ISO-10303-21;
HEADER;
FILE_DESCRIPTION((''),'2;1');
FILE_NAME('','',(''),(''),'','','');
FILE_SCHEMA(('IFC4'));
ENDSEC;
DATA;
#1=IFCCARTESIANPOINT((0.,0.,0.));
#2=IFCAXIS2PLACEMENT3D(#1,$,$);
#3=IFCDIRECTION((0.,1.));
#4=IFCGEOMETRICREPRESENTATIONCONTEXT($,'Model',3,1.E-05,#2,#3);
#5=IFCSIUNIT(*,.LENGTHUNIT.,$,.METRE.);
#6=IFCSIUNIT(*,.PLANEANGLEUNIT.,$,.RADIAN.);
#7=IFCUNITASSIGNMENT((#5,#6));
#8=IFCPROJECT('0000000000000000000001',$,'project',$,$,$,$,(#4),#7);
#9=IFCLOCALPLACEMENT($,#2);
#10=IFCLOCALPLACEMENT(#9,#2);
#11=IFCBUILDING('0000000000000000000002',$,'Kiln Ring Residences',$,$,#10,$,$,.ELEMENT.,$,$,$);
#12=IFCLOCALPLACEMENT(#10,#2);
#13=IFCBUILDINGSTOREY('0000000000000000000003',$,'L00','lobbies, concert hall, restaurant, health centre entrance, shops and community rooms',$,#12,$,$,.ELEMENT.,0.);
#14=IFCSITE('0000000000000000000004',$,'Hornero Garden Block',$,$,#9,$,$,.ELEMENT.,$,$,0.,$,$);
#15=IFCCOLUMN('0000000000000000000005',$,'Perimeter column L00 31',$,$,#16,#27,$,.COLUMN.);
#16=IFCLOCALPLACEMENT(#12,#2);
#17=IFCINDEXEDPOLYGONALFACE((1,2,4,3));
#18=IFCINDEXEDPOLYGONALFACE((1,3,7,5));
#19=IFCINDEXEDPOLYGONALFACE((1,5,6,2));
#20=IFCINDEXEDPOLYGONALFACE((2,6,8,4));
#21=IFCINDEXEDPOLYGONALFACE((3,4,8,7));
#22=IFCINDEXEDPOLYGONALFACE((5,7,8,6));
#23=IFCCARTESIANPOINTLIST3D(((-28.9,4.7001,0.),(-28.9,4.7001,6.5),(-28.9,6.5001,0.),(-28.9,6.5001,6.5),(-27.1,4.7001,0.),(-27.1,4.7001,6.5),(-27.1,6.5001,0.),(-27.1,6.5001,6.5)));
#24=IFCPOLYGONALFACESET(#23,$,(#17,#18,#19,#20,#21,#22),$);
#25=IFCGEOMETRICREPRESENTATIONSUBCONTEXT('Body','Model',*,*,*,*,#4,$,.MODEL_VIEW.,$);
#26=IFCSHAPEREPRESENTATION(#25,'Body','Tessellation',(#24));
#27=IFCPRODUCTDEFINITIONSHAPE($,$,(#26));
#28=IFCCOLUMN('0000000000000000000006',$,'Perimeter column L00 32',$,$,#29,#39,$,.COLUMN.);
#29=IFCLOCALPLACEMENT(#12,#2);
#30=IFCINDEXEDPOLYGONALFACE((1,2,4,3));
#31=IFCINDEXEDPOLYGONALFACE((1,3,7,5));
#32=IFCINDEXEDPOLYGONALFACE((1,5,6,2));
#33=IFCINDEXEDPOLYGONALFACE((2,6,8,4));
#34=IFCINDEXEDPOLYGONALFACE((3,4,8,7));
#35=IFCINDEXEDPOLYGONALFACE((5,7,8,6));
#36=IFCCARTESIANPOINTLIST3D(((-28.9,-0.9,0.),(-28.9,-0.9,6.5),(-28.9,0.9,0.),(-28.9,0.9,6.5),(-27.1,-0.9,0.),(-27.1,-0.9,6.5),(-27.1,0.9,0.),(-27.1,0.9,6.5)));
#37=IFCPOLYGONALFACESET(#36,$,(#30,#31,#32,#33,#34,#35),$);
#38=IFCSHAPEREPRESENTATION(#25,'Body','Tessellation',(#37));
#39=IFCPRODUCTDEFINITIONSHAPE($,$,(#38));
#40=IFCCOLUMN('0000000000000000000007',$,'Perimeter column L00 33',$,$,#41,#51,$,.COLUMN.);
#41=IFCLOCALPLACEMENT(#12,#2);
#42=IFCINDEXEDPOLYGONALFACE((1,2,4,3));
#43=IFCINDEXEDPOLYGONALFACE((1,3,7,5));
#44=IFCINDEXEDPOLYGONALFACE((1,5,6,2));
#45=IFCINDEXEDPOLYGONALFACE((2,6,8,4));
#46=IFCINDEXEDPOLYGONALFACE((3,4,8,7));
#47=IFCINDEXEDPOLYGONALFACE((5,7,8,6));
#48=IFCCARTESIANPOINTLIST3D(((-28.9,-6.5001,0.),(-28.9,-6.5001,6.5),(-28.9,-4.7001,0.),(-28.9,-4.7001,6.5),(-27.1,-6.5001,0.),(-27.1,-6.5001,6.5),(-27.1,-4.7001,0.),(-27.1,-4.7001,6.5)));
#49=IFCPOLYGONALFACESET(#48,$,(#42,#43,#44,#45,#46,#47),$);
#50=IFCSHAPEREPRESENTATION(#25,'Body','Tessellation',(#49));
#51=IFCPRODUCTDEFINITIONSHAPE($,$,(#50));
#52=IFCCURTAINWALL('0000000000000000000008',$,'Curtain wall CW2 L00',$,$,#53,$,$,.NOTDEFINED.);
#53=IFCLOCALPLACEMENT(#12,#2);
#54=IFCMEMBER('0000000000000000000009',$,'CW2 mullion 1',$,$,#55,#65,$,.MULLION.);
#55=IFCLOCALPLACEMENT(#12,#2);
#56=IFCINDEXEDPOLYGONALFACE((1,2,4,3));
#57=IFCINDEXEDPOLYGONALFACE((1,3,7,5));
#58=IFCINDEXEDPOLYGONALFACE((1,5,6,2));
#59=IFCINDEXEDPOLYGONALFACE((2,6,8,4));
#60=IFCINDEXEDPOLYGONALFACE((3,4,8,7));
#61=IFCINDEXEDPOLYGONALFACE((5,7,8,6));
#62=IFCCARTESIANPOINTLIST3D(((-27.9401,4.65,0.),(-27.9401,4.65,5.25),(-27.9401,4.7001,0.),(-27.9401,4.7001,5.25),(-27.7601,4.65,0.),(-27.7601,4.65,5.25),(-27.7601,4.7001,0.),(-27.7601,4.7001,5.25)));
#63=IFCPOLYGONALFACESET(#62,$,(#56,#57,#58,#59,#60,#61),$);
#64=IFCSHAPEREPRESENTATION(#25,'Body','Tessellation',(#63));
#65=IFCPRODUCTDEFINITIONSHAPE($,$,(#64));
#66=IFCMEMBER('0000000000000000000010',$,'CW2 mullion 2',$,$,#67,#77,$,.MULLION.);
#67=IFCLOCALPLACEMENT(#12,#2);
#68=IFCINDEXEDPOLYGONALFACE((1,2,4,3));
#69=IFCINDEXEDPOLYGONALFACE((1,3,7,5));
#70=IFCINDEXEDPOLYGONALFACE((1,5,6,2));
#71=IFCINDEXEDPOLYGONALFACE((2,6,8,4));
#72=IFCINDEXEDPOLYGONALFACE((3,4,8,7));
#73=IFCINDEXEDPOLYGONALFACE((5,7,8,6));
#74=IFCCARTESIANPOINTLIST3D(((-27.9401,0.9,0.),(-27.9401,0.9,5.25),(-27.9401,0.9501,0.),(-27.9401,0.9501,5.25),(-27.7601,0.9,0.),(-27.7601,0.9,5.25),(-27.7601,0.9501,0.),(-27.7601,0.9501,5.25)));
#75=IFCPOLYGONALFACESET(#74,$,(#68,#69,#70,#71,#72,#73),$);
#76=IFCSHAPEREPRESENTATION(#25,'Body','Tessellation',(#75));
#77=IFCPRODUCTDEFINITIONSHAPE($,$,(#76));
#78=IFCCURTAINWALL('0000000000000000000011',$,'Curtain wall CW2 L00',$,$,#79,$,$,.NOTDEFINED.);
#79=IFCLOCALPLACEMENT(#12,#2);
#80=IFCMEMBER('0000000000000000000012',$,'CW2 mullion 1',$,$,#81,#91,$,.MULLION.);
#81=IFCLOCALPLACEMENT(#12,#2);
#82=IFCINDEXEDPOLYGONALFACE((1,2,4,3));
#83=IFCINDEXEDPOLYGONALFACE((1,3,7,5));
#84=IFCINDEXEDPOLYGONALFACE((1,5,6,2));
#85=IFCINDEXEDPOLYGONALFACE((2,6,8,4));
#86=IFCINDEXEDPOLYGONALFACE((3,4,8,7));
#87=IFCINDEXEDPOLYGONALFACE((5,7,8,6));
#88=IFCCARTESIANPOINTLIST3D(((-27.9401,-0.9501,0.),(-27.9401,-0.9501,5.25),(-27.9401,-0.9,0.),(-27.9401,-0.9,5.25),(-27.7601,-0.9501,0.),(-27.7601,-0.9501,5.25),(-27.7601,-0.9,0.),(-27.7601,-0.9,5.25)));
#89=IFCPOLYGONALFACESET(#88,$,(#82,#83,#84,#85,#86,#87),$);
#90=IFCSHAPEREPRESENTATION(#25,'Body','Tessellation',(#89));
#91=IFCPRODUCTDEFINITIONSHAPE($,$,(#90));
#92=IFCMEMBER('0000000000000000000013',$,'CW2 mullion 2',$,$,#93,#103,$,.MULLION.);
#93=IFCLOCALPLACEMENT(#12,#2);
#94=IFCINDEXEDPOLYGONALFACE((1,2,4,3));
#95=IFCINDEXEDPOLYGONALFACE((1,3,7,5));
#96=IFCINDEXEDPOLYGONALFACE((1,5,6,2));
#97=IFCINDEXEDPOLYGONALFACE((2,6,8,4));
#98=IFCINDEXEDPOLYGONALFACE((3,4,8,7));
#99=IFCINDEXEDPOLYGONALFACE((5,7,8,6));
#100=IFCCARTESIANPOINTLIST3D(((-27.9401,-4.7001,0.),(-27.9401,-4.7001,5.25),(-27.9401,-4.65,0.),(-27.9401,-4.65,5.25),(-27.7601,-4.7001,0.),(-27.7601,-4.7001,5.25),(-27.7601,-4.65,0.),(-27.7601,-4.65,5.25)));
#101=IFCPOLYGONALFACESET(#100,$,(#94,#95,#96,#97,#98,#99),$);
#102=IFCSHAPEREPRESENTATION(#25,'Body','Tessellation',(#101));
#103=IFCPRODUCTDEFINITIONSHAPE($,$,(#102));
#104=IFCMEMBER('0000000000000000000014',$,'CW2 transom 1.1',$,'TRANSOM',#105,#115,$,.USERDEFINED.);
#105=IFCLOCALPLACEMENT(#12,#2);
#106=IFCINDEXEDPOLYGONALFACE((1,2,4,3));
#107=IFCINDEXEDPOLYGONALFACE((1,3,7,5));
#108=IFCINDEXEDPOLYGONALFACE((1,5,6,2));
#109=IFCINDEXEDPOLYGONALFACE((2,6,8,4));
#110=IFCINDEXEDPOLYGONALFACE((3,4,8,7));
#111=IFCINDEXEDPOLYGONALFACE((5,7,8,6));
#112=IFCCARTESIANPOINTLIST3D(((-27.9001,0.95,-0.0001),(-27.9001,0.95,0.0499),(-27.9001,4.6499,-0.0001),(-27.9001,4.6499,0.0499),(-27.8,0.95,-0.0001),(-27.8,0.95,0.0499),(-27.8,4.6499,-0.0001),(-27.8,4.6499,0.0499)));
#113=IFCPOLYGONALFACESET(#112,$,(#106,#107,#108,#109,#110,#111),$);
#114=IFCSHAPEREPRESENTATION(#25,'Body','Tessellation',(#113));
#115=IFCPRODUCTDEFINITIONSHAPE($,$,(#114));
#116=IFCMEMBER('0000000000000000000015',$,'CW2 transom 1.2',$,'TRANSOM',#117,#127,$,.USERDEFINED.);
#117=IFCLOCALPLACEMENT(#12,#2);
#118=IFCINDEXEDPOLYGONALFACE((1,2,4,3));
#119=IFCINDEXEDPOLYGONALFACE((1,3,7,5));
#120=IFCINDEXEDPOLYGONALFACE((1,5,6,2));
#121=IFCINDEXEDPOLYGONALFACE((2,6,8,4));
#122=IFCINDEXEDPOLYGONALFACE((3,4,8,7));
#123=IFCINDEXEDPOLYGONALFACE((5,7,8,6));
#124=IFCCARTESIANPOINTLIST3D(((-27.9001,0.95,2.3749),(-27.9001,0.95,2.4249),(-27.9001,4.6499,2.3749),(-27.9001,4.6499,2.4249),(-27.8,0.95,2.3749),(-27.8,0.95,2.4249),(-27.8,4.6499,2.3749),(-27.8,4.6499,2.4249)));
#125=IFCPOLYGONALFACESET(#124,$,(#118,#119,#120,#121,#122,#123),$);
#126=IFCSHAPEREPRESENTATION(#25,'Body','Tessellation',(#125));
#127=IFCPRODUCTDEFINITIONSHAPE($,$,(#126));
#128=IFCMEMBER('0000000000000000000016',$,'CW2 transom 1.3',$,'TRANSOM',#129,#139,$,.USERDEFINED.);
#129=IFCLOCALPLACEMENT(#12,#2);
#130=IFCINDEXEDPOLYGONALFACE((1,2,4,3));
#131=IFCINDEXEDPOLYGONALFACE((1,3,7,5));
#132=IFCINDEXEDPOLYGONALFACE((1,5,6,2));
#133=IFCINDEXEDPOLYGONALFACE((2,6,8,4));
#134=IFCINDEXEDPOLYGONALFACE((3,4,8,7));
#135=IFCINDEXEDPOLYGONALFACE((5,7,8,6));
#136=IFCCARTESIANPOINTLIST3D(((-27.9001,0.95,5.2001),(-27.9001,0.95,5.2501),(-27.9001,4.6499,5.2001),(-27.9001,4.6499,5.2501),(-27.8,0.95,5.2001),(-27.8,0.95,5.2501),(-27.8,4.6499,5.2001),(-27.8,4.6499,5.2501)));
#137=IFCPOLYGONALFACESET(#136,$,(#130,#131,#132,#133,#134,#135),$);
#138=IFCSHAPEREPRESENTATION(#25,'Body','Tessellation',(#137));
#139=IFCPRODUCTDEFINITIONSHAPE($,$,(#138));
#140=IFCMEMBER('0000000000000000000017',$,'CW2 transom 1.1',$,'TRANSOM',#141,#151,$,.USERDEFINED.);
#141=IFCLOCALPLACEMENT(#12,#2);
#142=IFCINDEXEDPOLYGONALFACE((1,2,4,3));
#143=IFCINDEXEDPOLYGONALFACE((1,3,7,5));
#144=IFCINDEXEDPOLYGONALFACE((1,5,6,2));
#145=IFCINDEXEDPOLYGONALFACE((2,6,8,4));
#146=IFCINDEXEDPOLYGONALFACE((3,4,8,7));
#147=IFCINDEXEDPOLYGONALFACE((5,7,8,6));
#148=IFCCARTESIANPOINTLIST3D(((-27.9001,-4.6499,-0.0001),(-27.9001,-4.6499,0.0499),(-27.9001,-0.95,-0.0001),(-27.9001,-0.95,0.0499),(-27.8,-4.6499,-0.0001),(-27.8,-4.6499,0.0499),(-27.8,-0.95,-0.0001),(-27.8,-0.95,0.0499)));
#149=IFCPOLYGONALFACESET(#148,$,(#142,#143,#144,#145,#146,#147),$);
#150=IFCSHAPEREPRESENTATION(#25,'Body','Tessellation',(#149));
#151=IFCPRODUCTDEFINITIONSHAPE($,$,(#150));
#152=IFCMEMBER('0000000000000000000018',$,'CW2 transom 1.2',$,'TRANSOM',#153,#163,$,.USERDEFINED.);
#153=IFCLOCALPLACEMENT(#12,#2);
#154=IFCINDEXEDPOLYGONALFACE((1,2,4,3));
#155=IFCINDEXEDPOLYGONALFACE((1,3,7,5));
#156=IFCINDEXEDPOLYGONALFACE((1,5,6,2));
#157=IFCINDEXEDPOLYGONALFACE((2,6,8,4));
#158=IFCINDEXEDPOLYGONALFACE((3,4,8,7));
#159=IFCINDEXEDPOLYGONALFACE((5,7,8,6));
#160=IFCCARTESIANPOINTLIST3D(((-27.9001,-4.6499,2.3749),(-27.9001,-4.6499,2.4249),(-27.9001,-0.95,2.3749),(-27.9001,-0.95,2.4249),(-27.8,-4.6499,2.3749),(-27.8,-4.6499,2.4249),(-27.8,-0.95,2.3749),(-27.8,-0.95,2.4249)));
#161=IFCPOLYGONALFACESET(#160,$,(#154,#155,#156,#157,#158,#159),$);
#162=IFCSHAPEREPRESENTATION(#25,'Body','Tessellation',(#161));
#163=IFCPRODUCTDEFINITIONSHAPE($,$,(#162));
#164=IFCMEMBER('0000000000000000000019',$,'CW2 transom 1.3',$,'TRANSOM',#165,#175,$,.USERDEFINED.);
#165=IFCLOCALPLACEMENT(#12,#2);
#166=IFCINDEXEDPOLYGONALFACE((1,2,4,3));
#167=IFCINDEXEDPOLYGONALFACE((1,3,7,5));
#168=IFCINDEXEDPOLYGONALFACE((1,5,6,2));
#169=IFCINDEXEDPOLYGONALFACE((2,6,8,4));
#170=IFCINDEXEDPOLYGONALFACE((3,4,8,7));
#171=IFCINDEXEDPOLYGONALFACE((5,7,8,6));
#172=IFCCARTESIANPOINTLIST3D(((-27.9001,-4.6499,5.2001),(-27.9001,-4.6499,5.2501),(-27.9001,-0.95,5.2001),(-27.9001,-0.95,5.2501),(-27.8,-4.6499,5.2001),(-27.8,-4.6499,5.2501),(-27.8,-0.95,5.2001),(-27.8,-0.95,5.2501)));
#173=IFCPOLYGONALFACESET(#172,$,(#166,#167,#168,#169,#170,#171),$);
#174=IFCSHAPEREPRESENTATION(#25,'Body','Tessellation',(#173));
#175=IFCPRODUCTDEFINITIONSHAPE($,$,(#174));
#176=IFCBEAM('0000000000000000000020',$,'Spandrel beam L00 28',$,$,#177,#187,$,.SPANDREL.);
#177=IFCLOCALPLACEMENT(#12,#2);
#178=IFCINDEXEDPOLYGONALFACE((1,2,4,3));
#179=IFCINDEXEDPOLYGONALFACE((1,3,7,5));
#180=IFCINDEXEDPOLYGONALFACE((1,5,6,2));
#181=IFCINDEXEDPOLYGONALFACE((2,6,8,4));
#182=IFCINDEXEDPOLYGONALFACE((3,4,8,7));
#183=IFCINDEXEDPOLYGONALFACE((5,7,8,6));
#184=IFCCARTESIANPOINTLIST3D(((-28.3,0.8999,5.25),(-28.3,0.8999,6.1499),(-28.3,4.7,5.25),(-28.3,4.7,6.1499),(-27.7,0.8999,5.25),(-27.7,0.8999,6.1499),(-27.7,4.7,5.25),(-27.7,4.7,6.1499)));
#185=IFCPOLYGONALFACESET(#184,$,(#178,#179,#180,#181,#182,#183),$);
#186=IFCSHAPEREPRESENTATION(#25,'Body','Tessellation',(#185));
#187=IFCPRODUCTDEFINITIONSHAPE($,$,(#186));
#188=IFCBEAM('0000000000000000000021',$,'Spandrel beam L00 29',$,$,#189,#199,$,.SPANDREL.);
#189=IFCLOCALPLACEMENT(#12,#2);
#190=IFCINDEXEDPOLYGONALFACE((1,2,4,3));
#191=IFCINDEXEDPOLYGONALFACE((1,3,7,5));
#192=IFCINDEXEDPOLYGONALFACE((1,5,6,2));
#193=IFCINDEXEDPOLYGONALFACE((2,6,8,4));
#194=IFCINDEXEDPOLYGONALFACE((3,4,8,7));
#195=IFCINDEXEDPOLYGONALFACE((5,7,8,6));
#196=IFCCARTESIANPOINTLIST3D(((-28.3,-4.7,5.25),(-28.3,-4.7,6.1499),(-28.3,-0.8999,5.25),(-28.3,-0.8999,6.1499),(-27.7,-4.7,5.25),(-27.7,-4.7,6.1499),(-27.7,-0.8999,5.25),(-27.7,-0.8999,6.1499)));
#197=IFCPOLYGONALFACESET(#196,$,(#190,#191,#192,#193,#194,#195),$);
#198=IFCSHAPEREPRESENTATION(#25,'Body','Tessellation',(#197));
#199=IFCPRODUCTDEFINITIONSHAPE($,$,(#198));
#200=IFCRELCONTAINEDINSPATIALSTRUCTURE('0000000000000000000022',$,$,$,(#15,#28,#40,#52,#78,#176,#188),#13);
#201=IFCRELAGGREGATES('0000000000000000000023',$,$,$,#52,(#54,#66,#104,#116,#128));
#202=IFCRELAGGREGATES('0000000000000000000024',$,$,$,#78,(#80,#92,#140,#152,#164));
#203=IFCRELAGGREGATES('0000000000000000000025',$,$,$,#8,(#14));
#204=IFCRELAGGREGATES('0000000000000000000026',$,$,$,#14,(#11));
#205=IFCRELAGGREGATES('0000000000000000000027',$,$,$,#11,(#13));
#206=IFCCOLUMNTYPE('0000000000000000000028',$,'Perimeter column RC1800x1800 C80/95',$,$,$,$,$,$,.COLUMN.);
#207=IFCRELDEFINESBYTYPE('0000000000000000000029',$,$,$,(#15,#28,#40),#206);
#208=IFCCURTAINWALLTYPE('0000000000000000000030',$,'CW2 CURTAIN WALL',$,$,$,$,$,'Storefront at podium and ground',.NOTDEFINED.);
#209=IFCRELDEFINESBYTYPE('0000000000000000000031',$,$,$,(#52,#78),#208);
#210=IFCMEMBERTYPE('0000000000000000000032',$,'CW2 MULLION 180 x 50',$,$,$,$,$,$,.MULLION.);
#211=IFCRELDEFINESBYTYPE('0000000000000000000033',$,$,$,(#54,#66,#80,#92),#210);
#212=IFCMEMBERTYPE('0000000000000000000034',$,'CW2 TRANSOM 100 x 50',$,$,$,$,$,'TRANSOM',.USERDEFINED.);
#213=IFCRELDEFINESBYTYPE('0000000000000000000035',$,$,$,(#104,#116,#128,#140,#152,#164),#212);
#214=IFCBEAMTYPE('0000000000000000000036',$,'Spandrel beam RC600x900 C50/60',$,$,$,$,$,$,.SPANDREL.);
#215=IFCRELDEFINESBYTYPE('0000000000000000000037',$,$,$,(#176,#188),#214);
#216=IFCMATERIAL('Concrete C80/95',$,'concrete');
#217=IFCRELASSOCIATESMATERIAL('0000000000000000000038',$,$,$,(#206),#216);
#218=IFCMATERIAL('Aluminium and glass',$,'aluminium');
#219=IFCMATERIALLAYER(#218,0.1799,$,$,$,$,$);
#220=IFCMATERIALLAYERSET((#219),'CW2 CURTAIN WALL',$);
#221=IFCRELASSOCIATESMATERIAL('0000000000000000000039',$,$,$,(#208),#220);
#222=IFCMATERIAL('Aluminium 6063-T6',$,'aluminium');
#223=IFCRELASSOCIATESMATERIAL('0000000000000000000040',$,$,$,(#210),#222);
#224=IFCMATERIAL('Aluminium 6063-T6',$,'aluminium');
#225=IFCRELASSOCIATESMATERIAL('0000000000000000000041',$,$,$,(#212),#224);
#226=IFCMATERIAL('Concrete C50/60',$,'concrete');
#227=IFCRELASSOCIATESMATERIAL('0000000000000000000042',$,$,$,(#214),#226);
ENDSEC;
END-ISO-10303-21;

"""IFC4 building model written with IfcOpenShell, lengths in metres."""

from ifc_helpers import new_model, si_unit, direction, frame, origin, origin_2d, place, context, subcontext, project, spatial, rectangle, extrude, material, layer, layer_set, material_profile, profile_set, type_object, element, aggregate, save


model = new_model("IFC4")

# Units and contexts
model_context = context("Model", 3, precision=1e-05, world=origin(), true_north=direction((0.0, 1.0)))
body_context = subcontext(model_context, "Body", "Model", "MODEL_VIEW")
ifc_project = project(units=[si_unit("LENGTHUNIT", "METRE"), si_unit("PLANEANGLEUNIT", "RADIAN")], contexts=[model_context])

# Site, building, storey
site_placement = place(None, origin())
site = spatial("IfcSite", under=ifc_project, at=site_placement, Name="Hornero Garden Block", CompositionType="ELEMENT", RefElevation=0.0)
building_placement = place(site_placement, origin())
building = spatial("IfcBuilding", under=site, at=building_placement, Name="Kiln Ring Residences", CompositionType="ELEMENT")
storey_placement = place(building_placement, origin())
storey = spatial("IfcBuildingStorey", under=building, at=storey_placement, Name="L00", Description="lobbies, concert hall, restaurant, health centre entrance, shops and community rooms", CompositionType="ELEMENT", Elevation=0.0)

# Columns
ifc_material_1 = material(Name="Concrete C80/95", Category="concrete")
ifc_material_profile_1 = material_profile(ifc_material_1, rectangle(XDim=1.8, YDim=1.8, at=origin_2d()), Name="RC1800x1800")
ifc_profile_set_1 = profile_set([ifc_material_profile_1], Name="Concrete C80/95")
column_type = type_object("IfcColumnType", Name="Perimeter column RC1800x1800 C80/95", PredefinedType="COLUMN", material=ifc_profile_set_1)
for number, where, z_axis, x_axis, name in (
    (1, (-28.0, 5.6001, 0.0), (0.0, 0.0, 1.0), (1.0, 0.0, 0.0), "Perimeter column L00 31"),
    (2, (-28.0, 0.0, 0.0), (0.0, 0.0, 1.0), (1.0, 0.0, 0.0), "Perimeter column L00 32"),
    (3, (-28.0, -5.6001, 0.0), (0.0, 0.0, 1.0), (1.0, 0.0, 0.0), "Perimeter column L00 33"),
):
    element("IfcColumn", number, at=place(storey_placement, frame(where, z_axis=z_axis, x_axis=x_axis)), inside=storey, type_object=column_type, Name=name, PredefinedType="COLUMN", context=body_context, shape_type="SweptSolid", body=[
        extrude(rectangle(XDim=1.8, YDim=1.8, at=origin_2d()), origin(), (0.0, 0.0, 1.0), 6.5),
    ])

# Curtain walls, members
ifc_material_2 = material(Name="Aluminium and glass", Category="aluminium")
ifc_layer_1 = layer(ifc_material_2, 0.1799)
ifc_layer_set_1 = layer_set([ifc_layer_1], Name="CW2 CURTAIN WALL")
curtain_wall_type = type_object("IfcCurtainWallType", Name="CW2 CURTAIN WALL", ElementType="Storefront at podium and ground", PredefinedType="NOTDEFINED", material=ifc_layer_set_1)
placement = place(storey_placement, origin())
curtain_wall_1 = element("IfcCurtainWall", 4, at=placement, inside=storey, type_object=curtain_wall_type, Name="Curtain wall CW2 L00", PredefinedType="NOTDEFINED")
ifc_material_3 = material(Name="Aluminium 6063-T6", Category="aluminium")
ifc_material_profile_2 = material_profile(ifc_material_3, rectangle(XDim=0.1799, YDim=0.05, at=origin_2d()), Name="AL 180x50")
ifc_profile_set_2 = profile_set([ifc_material_profile_2], Name="Aluminium 6063-T6")
member_type_1 = type_object("IfcMemberType", Name="CW2 MULLION 180 x 50", PredefinedType="MULLION", material=ifc_profile_set_2)
member_1_placement = place(storey_placement, frame((-27.8501, 4.675, 0.0), z_axis=(0.0, 0.0, 1.0), x_axis=(1.0, 0.0, 0.0)))
member_1 = element("IfcMember", 5, at=member_1_placement, type_object=member_type_1, Name="CW2 mullion 1", PredefinedType="MULLION", context=body_context, shape_type="SweptSolid", body=[
    extrude(rectangle(XDim=0.1799, YDim=0.05, at=origin_2d()), origin(), (0.0, 0.0, 1.0), 5.25),
])
member_2_placement = place(storey_placement, frame((-27.8501, 0.925, 0.0), z_axis=(0.0, 0.0, 1.0), x_axis=(1.0, 0.0, 0.0)))
member_2 = element("IfcMember", 6, at=member_2_placement, type_object=member_type_1, Name="CW2 mullion 2", PredefinedType="MULLION", context=body_context, shape_type="SweptSolid", body=[
    extrude(rectangle(XDim=0.1799, YDim=0.05, at=origin_2d()), origin(), (0.0, 0.0, 1.0), 5.25),
])
curtain_wall_2 = element("IfcCurtainWall", 7, at=placement, inside=storey, type_object=curtain_wall_type, Name="Curtain wall CW2 L00", PredefinedType="NOTDEFINED")
member_3_placement = place(storey_placement, frame((-27.8501, -0.925, 0.0), z_axis=(0.0, 0.0, 1.0), x_axis=(1.0, 0.0, 0.0)))
member_3 = element("IfcMember", 8, at=member_3_placement, type_object=member_type_1, Name="CW2 mullion 1", PredefinedType="MULLION", context=body_context, shape_type="SweptSolid", body=[
    extrude(rectangle(XDim=0.1799, YDim=0.05, at=origin_2d()), origin(), (0.0, 0.0, 1.0), 5.25),
])
member_4_placement = place(storey_placement, frame((-27.8501, -4.675, 0.0), z_axis=(0.0, 0.0, 1.0), x_axis=(1.0, 0.0, 0.0)))
member_4 = element("IfcMember", 9, at=member_4_placement, type_object=member_type_1, Name="CW2 mullion 2", PredefinedType="MULLION", context=body_context, shape_type="SweptSolid", body=[
    extrude(rectangle(XDim=0.1799, YDim=0.05, at=origin_2d()), origin(), (0.0, 0.0, 1.0), 5.25),
])

# Members
ifc_material_4 = material(Name="Aluminium 6063-T6", Category="aluminium")
ifc_material_profile_3 = material_profile(ifc_material_4, rectangle(XDim=0.1001, YDim=0.05, at=origin_2d()), Name="AL 100x50")
ifc_profile_set_3 = profile_set([ifc_material_profile_3], Name="Aluminium 6063-T6")
member_type_2 = type_object("IfcMemberType", Name="CW2 TRANSOM 100 x 50", ElementType="TRANSOM", PredefinedType="USERDEFINED", material=ifc_profile_set_3)
member_5_placement = place(storey_placement, frame((-27.8501, 4.6499, 0.0249), z_axis=(0.0, -1.0, 0.0), x_axis=(1.0, 0.0, 0.0)))
member_5 = element("IfcMember", 10, at=member_5_placement, type_object=member_type_2, Name="CW2 transom 1.1", ObjectType="TRANSOM", PredefinedType="USERDEFINED", context=body_context, shape_type="SweptSolid", body=[
    extrude(rectangle(XDim=0.1001, YDim=0.05, at=origin_2d()), origin(), (0.0, 0.0, 1.0), 3.7),
])
member_6_placement = place(storey_placement, frame((-27.8501, 4.6499, 2.3999), z_axis=(0.0, -1.0, 0.0), x_axis=(1.0, 0.0, 0.0)))
member_6 = element("IfcMember", 11, at=member_6_placement, type_object=member_type_2, Name="CW2 transom 1.2", ObjectType="TRANSOM", PredefinedType="USERDEFINED", context=body_context, shape_type="SweptSolid", body=[
    extrude(rectangle(XDim=0.1001, YDim=0.05, at=origin_2d()), origin(), (0.0, 0.0, 1.0), 3.7),
])
member_7_placement = place(storey_placement, frame((-27.8501, 4.6499, 5.2251), z_axis=(0.0, -1.0, 0.0), x_axis=(1.0, 0.0, 0.0)))
member_7 = element("IfcMember", 12, at=member_7_placement, type_object=member_type_2, Name="CW2 transom 1.3", ObjectType="TRANSOM", PredefinedType="USERDEFINED", context=body_context, shape_type="SweptSolid", body=[
    extrude(rectangle(XDim=0.1001, YDim=0.05, at=origin_2d()), origin(), (0.0, 0.0, 1.0), 3.7),
])
member_8_placement = place(storey_placement, frame((-27.8501, -0.95, 0.0249), z_axis=(0.0, -1.0, 0.0), x_axis=(1.0, 0.0, 0.0)))
member_8 = element("IfcMember", 13, at=member_8_placement, type_object=member_type_2, Name="CW2 transom 1.1", ObjectType="TRANSOM", PredefinedType="USERDEFINED", context=body_context, shape_type="SweptSolid", body=[
    extrude(rectangle(XDim=0.1001, YDim=0.05, at=origin_2d()), origin(), (0.0, 0.0, 1.0), 3.7),
])
member_9_placement = place(storey_placement, frame((-27.8501, -0.95, 2.3999), z_axis=(0.0, -1.0, 0.0), x_axis=(1.0, 0.0, 0.0)))
member_9 = element("IfcMember", 14, at=member_9_placement, type_object=member_type_2, Name="CW2 transom 1.2", ObjectType="TRANSOM", PredefinedType="USERDEFINED", context=body_context, shape_type="SweptSolid", body=[
    extrude(rectangle(XDim=0.1001, YDim=0.05, at=origin_2d()), origin(), (0.0, 0.0, 1.0), 3.7),
])
member_10_placement = place(storey_placement, frame((-27.8501, -0.95, 5.2251), z_axis=(0.0, -1.0, 0.0), x_axis=(1.0, 0.0, 0.0)))
member_10 = element("IfcMember", 15, at=member_10_placement, type_object=member_type_2, Name="CW2 transom 1.3", ObjectType="TRANSOM", PredefinedType="USERDEFINED", context=body_context, shape_type="SweptSolid", body=[
    extrude(rectangle(XDim=0.1001, YDim=0.05, at=origin_2d()), origin(), (0.0, 0.0, 1.0), 3.7),
])

# Beams
ifc_material_5 = material(Name="Concrete C50/60", Category="concrete")
ifc_material_profile_4 = material_profile(ifc_material_5, rectangle(XDim=0.6001, YDim=0.8999, at=origin_2d()), Name="RC600x900")
ifc_profile_set_4 = profile_set([ifc_material_profile_4], Name="Concrete C50/60")
beam_type = type_object("IfcBeamType", Name="Spandrel beam RC600x900 C50/60", PredefinedType="SPANDREL", material=ifc_profile_set_4)
for number, where, z_axis, x_axis, name in (
    (16, (-28.0, 4.7, 5.7), (0.0, -1.0, 0.0), (1.0, 0.0, 0.0), "Spandrel beam L00 28"),
    (17, (-28.0, -0.8999, 5.7), (0.0, -1.0, 0.0), (1.0, 0.0, 0.0), "Spandrel beam L00 29"),
):
    element("IfcBeam", number, at=place(storey_placement, frame(where, z_axis=z_axis, x_axis=x_axis)), inside=storey, type_object=beam_type, Name=name, PredefinedType="SPANDREL", context=body_context, shape_type="SweptSolid", body=[
        extrude(rectangle(XDim=0.6001, YDim=0.8999, at=origin_2d()), origin(), (0.0, 0.0, 1.0), 3.8),
    ])

aggregate(curtain_wall_1, [member_1, member_2, member_5, member_6, member_7])
aggregate(curtain_wall_2, [member_3, member_4, member_8, member_9, member_10])

save(model, "model.ifc")
